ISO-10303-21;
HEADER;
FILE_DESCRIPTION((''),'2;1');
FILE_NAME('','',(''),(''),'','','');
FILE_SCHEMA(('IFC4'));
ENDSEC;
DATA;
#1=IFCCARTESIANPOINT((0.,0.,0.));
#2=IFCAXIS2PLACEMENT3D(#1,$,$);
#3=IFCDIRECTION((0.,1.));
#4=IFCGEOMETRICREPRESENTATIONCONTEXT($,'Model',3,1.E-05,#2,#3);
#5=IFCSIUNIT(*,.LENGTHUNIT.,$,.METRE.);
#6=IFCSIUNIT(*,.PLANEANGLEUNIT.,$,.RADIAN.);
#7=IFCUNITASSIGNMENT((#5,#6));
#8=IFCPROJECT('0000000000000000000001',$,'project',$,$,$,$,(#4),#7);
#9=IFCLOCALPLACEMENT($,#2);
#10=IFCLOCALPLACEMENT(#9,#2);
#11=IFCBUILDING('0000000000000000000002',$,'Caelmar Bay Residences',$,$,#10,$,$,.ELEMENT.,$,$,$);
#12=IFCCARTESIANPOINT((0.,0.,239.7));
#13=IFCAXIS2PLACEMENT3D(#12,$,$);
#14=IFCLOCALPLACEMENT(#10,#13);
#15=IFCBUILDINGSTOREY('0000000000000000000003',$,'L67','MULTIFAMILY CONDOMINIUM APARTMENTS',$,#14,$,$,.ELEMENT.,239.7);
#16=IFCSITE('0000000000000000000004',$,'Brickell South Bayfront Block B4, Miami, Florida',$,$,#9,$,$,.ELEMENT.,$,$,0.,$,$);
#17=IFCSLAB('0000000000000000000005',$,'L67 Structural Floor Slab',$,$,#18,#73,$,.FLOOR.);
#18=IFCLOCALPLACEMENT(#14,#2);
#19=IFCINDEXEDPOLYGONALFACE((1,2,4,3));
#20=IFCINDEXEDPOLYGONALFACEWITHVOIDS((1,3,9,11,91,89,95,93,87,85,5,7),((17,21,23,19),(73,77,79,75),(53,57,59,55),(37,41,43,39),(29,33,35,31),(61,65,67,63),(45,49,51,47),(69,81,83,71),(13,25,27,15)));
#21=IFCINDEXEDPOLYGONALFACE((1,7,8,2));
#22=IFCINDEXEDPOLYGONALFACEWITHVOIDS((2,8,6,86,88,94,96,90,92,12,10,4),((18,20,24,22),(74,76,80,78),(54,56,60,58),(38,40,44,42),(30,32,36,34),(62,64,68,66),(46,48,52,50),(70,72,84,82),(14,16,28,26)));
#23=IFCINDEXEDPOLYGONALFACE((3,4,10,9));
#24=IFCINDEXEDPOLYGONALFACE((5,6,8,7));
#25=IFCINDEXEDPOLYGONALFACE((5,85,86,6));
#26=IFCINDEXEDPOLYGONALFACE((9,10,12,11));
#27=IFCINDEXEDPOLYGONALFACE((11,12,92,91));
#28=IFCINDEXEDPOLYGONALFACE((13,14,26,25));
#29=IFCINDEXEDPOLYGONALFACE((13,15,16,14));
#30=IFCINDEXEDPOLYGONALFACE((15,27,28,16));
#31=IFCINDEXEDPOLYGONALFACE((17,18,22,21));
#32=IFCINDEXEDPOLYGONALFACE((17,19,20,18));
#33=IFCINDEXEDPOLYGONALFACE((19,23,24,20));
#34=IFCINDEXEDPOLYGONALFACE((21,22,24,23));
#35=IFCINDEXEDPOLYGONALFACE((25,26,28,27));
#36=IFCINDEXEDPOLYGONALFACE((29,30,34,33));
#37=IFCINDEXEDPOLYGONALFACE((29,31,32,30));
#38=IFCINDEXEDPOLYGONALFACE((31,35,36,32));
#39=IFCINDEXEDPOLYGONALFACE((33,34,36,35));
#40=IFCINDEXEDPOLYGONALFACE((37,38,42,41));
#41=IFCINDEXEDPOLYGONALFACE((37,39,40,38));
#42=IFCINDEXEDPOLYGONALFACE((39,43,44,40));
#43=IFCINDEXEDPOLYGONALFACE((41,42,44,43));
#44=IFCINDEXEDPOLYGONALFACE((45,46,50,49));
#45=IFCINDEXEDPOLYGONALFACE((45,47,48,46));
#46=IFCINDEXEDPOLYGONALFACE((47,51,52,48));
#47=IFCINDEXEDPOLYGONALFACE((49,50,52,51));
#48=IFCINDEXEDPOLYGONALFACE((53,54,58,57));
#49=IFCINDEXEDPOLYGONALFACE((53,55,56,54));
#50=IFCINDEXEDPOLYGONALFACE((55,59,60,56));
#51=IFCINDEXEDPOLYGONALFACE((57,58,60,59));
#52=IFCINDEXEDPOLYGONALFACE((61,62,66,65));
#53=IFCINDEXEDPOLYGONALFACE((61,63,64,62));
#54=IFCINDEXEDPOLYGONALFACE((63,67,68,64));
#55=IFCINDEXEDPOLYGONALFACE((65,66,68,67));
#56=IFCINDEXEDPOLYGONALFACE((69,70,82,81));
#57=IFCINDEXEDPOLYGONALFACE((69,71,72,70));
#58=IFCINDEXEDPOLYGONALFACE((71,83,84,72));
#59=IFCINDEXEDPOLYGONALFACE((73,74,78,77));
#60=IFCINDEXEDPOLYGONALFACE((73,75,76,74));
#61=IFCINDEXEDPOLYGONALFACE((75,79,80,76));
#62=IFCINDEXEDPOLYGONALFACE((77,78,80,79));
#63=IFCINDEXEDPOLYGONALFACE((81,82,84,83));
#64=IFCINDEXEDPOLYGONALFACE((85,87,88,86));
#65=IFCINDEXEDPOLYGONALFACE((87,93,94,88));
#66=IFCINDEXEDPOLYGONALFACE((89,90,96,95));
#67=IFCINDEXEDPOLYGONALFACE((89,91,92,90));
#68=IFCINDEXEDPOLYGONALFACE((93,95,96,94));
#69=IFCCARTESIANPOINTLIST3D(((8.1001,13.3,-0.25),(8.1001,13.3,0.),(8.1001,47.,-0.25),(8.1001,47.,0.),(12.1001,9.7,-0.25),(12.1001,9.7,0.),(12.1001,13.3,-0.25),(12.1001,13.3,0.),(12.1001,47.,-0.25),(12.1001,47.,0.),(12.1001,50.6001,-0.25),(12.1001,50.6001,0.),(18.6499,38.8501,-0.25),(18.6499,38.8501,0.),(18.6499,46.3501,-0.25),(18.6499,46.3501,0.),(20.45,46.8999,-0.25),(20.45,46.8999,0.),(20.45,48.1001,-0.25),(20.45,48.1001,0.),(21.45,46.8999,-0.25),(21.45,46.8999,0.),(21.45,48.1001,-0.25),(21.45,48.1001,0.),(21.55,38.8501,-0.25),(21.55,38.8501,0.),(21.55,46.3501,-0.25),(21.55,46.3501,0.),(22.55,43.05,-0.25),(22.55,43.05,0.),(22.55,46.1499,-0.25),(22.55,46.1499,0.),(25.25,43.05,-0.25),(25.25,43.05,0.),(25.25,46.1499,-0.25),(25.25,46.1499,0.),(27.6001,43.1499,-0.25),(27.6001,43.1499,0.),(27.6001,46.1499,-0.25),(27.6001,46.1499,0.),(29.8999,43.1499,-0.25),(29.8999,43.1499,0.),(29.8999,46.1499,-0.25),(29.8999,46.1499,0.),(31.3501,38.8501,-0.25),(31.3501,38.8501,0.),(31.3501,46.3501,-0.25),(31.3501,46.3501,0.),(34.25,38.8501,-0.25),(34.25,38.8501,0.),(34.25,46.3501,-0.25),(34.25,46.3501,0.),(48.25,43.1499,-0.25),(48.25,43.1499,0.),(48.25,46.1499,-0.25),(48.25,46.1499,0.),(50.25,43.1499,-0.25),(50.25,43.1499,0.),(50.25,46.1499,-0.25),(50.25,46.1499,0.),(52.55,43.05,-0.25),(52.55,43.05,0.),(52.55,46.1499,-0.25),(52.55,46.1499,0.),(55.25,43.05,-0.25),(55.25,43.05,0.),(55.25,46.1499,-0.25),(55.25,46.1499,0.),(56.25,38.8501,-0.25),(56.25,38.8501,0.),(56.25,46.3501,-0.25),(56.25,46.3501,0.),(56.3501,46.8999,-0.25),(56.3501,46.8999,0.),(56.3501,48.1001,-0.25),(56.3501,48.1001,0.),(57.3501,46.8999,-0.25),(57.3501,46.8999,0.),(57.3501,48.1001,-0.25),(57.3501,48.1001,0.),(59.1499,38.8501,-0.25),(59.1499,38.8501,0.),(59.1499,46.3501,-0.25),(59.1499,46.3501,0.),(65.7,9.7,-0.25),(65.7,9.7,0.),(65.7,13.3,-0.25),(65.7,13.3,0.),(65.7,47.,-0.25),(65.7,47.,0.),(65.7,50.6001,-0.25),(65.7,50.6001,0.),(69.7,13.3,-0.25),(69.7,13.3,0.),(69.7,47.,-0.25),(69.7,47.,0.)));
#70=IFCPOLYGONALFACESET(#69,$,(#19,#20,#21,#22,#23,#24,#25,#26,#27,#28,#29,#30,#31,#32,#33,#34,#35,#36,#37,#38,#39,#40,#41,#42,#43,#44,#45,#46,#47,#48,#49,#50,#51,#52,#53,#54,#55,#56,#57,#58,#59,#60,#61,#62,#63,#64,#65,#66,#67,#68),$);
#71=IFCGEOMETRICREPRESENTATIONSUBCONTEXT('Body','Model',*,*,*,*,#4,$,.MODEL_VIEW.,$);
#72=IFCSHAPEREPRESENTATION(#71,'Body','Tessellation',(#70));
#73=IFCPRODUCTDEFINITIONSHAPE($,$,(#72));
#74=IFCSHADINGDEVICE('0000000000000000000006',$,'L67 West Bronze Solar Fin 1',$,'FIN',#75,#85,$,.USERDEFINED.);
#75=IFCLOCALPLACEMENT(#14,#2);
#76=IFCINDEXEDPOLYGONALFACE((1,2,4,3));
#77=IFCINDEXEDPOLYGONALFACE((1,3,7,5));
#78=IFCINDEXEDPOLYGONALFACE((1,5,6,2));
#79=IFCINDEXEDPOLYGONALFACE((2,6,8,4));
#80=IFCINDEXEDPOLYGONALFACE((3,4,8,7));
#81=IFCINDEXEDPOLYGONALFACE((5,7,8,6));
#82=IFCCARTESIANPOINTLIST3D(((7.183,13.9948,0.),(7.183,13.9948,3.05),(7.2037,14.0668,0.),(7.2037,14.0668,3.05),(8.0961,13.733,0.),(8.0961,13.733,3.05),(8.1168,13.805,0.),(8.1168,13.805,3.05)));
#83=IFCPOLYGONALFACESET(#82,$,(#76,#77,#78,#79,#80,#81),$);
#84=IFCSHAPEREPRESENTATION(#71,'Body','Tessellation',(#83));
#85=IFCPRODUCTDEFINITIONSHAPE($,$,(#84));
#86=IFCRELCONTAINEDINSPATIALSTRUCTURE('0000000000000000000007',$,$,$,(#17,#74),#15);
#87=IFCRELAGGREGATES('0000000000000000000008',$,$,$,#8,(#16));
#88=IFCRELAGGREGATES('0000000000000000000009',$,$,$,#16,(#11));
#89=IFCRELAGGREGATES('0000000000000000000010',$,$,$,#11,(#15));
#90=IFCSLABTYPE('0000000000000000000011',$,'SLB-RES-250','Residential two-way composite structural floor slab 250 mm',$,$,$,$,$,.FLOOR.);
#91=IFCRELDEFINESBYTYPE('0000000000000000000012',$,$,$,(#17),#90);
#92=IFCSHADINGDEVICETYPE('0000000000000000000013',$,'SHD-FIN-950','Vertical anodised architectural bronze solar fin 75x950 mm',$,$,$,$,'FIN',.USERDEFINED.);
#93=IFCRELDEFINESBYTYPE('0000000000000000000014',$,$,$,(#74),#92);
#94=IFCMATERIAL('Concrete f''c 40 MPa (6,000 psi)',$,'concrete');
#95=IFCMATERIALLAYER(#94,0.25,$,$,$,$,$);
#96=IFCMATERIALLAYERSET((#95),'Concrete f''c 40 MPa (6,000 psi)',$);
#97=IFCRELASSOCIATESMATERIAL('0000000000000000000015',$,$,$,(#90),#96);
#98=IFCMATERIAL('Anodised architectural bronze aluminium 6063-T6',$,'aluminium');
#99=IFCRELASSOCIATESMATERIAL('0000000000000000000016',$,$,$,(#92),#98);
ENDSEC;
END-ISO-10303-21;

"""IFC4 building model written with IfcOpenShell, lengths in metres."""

from ifc_helpers import new_model, si_unit, direction, frame, origin, origin_2d, place, context, subcontext, project, spatial, polyline, rectangle, outline, extrude, material, layer, layer_set, material_profile, profile_set, type_object, element, save


model = new_model("IFC4")

# Units and contexts
model_context = context("Model", 3, precision=1e-05, world=origin(), true_north=direction((0.0, 1.0)))
body_context = subcontext(model_context, "Body", "Model", "MODEL_VIEW")
ifc_project = project(units=[si_unit("LENGTHUNIT", "METRE"), si_unit("PLANEANGLEUNIT", "RADIAN")], contexts=[model_context])

# Site, building, storey
site_placement = place(None, origin())
site = spatial("IfcSite", under=ifc_project, at=site_placement, Name="Brickell South Bayfront Block B4, Miami, Florida", CompositionType="ELEMENT", RefElevation=0.0)
building_placement = place(site_placement, origin())
building = spatial("IfcBuilding", under=site, at=building_placement, Name="Caelmar Bay Residences", CompositionType="ELEMENT")
storey_placement = place(building_placement, frame((0.0, 0.0, 239.7)))
storey = spatial("IfcBuildingStorey", under=building, at=storey_placement, Name="L67", Description="MULTIFAMILY CONDOMINIUM APARTMENTS", CompositionType="ELEMENT", Elevation=239.7)

# Shared definitions
ifc_material_1 = material(Name="Concrete f'c 40 MPa (6,000 psi)", Category="concrete")

# Slab
ifc_layer_1 = layer(ifc_material_1, 0.25)
ifc_layer_set_1 = layer_set([ifc_layer_1], Name="Concrete f'c 40 MPa (6,000 psi)")
slab_type_1 = type_object("IfcSlabType", Name="SLB-RES-250", Description="Residential two-way composite structural floor slab 250 mm", PredefinedType="FLOOR", material=ifc_layer_set_1)
slab_1_placement = place(storey_placement, frame((0.0, 0.0, -0.25)))
element("IfcSlab", 1, at=slab_1_placement, inside=storey, type_object=slab_type_1, Name="L67 Structural Floor Slab", PredefinedType="FLOOR", context=body_context, shape_type="SweptSolid", body=[
    extrude(outline(polyline([(12.1001, 9.7), (65.7, 9.7), (65.7, 13.3), (69.7, 13.3), (69.7, 47.0), (65.7, 47.0), (65.7, 50.6001), (12.1001, 50.6001), (12.1001, 47.0), (8.1001, 47.0), (8.1001, 13.3), (12.1001, 13.3), (12.1001, 9.7)]), holes=[polyline([(18.6499, 38.8501), (21.55, 38.8501), (21.55, 46.3501), (18.6499, 46.3501), (18.6499, 38.8501)]), polyline([(56.25, 38.8501), (59.1499, 38.8501), (59.1499, 46.3501), (56.25, 46.3501), (56.25, 38.8501)]), polyline([(31.3501, 38.8501), (34.25, 38.8501), (34.25, 46.3501), (31.3501, 46.3501), (31.3501, 38.8501)]), polyline([(22.55, 43.05), (25.25, 43.05), (25.25, 46.1499), (22.55, 46.1499), (22.55, 43.05)]), polyline([(52.55, 43.05), (55.25, 43.05), (55.25, 46.1499), (52.55, 46.1499), (52.55, 43.05)]), polyline([(48.25, 43.1499), (50.25, 43.1499), (50.25, 46.1499), (48.25, 46.1499), (48.25, 43.1499)]), polyline([(27.6001, 43.1499), (29.8999, 43.1499), (29.8999, 46.1499), (27.6001, 46.1499), (27.6001, 43.1499)]), polyline([(20.45, 46.8999), (21.45, 46.8999), (21.45, 48.1001), (20.45, 48.1001), (20.45, 46.8999)]), polyline([(56.3501, 46.8999), (57.3501, 46.8999), (57.3501, 48.1001), (56.3501, 48.1001), (56.3501, 46.8999)])]), origin(), (0.0, 0.0, 1.0), 0.25),
])

# Shading device
ifc_material_2 = material(Name="Anodised architectural bronze aluminium 6063-T6", Category="aluminium")
ifc_material_profile_1 = material_profile(ifc_material_2, rectangle(XDim=0.075, YDim=0.95, at=origin_2d()), Name="BRONZE-FIN-75X950")
ifc_profile_set_1 = profile_set([ifc_material_profile_1], Name="Anodised architectural bronze aluminium 6063-T6")
shading_device_type = type_object("IfcShadingDeviceType", Name="SHD-FIN-950", Description="Vertical anodised architectural bronze solar fin 75x950 mm", ElementType="FIN", PredefinedType="USERDEFINED", material=ifc_profile_set_1)
shading_device_placement = place(storey_placement, frame((7.6499, 13.8999, 0.0), z_axis=(0.0, 0.0, 1.0), x_axis=(0.275637, 0.961262, 0.0)))
element("IfcShadingDevice", 2, at=shading_device_placement, inside=storey, type_object=shading_device_type, Name="L67 West Bronze Solar Fin 1", ObjectType="FIN", PredefinedType="USERDEFINED", context=body_context, shape_type="SweptSolid", body=[
    extrude(rectangle(XDim=0.075, YDim=0.95, at=origin_2d()), origin(), (0.0, 0.0, 1.0), 3.05),
])

save(model, "model.ifc")
